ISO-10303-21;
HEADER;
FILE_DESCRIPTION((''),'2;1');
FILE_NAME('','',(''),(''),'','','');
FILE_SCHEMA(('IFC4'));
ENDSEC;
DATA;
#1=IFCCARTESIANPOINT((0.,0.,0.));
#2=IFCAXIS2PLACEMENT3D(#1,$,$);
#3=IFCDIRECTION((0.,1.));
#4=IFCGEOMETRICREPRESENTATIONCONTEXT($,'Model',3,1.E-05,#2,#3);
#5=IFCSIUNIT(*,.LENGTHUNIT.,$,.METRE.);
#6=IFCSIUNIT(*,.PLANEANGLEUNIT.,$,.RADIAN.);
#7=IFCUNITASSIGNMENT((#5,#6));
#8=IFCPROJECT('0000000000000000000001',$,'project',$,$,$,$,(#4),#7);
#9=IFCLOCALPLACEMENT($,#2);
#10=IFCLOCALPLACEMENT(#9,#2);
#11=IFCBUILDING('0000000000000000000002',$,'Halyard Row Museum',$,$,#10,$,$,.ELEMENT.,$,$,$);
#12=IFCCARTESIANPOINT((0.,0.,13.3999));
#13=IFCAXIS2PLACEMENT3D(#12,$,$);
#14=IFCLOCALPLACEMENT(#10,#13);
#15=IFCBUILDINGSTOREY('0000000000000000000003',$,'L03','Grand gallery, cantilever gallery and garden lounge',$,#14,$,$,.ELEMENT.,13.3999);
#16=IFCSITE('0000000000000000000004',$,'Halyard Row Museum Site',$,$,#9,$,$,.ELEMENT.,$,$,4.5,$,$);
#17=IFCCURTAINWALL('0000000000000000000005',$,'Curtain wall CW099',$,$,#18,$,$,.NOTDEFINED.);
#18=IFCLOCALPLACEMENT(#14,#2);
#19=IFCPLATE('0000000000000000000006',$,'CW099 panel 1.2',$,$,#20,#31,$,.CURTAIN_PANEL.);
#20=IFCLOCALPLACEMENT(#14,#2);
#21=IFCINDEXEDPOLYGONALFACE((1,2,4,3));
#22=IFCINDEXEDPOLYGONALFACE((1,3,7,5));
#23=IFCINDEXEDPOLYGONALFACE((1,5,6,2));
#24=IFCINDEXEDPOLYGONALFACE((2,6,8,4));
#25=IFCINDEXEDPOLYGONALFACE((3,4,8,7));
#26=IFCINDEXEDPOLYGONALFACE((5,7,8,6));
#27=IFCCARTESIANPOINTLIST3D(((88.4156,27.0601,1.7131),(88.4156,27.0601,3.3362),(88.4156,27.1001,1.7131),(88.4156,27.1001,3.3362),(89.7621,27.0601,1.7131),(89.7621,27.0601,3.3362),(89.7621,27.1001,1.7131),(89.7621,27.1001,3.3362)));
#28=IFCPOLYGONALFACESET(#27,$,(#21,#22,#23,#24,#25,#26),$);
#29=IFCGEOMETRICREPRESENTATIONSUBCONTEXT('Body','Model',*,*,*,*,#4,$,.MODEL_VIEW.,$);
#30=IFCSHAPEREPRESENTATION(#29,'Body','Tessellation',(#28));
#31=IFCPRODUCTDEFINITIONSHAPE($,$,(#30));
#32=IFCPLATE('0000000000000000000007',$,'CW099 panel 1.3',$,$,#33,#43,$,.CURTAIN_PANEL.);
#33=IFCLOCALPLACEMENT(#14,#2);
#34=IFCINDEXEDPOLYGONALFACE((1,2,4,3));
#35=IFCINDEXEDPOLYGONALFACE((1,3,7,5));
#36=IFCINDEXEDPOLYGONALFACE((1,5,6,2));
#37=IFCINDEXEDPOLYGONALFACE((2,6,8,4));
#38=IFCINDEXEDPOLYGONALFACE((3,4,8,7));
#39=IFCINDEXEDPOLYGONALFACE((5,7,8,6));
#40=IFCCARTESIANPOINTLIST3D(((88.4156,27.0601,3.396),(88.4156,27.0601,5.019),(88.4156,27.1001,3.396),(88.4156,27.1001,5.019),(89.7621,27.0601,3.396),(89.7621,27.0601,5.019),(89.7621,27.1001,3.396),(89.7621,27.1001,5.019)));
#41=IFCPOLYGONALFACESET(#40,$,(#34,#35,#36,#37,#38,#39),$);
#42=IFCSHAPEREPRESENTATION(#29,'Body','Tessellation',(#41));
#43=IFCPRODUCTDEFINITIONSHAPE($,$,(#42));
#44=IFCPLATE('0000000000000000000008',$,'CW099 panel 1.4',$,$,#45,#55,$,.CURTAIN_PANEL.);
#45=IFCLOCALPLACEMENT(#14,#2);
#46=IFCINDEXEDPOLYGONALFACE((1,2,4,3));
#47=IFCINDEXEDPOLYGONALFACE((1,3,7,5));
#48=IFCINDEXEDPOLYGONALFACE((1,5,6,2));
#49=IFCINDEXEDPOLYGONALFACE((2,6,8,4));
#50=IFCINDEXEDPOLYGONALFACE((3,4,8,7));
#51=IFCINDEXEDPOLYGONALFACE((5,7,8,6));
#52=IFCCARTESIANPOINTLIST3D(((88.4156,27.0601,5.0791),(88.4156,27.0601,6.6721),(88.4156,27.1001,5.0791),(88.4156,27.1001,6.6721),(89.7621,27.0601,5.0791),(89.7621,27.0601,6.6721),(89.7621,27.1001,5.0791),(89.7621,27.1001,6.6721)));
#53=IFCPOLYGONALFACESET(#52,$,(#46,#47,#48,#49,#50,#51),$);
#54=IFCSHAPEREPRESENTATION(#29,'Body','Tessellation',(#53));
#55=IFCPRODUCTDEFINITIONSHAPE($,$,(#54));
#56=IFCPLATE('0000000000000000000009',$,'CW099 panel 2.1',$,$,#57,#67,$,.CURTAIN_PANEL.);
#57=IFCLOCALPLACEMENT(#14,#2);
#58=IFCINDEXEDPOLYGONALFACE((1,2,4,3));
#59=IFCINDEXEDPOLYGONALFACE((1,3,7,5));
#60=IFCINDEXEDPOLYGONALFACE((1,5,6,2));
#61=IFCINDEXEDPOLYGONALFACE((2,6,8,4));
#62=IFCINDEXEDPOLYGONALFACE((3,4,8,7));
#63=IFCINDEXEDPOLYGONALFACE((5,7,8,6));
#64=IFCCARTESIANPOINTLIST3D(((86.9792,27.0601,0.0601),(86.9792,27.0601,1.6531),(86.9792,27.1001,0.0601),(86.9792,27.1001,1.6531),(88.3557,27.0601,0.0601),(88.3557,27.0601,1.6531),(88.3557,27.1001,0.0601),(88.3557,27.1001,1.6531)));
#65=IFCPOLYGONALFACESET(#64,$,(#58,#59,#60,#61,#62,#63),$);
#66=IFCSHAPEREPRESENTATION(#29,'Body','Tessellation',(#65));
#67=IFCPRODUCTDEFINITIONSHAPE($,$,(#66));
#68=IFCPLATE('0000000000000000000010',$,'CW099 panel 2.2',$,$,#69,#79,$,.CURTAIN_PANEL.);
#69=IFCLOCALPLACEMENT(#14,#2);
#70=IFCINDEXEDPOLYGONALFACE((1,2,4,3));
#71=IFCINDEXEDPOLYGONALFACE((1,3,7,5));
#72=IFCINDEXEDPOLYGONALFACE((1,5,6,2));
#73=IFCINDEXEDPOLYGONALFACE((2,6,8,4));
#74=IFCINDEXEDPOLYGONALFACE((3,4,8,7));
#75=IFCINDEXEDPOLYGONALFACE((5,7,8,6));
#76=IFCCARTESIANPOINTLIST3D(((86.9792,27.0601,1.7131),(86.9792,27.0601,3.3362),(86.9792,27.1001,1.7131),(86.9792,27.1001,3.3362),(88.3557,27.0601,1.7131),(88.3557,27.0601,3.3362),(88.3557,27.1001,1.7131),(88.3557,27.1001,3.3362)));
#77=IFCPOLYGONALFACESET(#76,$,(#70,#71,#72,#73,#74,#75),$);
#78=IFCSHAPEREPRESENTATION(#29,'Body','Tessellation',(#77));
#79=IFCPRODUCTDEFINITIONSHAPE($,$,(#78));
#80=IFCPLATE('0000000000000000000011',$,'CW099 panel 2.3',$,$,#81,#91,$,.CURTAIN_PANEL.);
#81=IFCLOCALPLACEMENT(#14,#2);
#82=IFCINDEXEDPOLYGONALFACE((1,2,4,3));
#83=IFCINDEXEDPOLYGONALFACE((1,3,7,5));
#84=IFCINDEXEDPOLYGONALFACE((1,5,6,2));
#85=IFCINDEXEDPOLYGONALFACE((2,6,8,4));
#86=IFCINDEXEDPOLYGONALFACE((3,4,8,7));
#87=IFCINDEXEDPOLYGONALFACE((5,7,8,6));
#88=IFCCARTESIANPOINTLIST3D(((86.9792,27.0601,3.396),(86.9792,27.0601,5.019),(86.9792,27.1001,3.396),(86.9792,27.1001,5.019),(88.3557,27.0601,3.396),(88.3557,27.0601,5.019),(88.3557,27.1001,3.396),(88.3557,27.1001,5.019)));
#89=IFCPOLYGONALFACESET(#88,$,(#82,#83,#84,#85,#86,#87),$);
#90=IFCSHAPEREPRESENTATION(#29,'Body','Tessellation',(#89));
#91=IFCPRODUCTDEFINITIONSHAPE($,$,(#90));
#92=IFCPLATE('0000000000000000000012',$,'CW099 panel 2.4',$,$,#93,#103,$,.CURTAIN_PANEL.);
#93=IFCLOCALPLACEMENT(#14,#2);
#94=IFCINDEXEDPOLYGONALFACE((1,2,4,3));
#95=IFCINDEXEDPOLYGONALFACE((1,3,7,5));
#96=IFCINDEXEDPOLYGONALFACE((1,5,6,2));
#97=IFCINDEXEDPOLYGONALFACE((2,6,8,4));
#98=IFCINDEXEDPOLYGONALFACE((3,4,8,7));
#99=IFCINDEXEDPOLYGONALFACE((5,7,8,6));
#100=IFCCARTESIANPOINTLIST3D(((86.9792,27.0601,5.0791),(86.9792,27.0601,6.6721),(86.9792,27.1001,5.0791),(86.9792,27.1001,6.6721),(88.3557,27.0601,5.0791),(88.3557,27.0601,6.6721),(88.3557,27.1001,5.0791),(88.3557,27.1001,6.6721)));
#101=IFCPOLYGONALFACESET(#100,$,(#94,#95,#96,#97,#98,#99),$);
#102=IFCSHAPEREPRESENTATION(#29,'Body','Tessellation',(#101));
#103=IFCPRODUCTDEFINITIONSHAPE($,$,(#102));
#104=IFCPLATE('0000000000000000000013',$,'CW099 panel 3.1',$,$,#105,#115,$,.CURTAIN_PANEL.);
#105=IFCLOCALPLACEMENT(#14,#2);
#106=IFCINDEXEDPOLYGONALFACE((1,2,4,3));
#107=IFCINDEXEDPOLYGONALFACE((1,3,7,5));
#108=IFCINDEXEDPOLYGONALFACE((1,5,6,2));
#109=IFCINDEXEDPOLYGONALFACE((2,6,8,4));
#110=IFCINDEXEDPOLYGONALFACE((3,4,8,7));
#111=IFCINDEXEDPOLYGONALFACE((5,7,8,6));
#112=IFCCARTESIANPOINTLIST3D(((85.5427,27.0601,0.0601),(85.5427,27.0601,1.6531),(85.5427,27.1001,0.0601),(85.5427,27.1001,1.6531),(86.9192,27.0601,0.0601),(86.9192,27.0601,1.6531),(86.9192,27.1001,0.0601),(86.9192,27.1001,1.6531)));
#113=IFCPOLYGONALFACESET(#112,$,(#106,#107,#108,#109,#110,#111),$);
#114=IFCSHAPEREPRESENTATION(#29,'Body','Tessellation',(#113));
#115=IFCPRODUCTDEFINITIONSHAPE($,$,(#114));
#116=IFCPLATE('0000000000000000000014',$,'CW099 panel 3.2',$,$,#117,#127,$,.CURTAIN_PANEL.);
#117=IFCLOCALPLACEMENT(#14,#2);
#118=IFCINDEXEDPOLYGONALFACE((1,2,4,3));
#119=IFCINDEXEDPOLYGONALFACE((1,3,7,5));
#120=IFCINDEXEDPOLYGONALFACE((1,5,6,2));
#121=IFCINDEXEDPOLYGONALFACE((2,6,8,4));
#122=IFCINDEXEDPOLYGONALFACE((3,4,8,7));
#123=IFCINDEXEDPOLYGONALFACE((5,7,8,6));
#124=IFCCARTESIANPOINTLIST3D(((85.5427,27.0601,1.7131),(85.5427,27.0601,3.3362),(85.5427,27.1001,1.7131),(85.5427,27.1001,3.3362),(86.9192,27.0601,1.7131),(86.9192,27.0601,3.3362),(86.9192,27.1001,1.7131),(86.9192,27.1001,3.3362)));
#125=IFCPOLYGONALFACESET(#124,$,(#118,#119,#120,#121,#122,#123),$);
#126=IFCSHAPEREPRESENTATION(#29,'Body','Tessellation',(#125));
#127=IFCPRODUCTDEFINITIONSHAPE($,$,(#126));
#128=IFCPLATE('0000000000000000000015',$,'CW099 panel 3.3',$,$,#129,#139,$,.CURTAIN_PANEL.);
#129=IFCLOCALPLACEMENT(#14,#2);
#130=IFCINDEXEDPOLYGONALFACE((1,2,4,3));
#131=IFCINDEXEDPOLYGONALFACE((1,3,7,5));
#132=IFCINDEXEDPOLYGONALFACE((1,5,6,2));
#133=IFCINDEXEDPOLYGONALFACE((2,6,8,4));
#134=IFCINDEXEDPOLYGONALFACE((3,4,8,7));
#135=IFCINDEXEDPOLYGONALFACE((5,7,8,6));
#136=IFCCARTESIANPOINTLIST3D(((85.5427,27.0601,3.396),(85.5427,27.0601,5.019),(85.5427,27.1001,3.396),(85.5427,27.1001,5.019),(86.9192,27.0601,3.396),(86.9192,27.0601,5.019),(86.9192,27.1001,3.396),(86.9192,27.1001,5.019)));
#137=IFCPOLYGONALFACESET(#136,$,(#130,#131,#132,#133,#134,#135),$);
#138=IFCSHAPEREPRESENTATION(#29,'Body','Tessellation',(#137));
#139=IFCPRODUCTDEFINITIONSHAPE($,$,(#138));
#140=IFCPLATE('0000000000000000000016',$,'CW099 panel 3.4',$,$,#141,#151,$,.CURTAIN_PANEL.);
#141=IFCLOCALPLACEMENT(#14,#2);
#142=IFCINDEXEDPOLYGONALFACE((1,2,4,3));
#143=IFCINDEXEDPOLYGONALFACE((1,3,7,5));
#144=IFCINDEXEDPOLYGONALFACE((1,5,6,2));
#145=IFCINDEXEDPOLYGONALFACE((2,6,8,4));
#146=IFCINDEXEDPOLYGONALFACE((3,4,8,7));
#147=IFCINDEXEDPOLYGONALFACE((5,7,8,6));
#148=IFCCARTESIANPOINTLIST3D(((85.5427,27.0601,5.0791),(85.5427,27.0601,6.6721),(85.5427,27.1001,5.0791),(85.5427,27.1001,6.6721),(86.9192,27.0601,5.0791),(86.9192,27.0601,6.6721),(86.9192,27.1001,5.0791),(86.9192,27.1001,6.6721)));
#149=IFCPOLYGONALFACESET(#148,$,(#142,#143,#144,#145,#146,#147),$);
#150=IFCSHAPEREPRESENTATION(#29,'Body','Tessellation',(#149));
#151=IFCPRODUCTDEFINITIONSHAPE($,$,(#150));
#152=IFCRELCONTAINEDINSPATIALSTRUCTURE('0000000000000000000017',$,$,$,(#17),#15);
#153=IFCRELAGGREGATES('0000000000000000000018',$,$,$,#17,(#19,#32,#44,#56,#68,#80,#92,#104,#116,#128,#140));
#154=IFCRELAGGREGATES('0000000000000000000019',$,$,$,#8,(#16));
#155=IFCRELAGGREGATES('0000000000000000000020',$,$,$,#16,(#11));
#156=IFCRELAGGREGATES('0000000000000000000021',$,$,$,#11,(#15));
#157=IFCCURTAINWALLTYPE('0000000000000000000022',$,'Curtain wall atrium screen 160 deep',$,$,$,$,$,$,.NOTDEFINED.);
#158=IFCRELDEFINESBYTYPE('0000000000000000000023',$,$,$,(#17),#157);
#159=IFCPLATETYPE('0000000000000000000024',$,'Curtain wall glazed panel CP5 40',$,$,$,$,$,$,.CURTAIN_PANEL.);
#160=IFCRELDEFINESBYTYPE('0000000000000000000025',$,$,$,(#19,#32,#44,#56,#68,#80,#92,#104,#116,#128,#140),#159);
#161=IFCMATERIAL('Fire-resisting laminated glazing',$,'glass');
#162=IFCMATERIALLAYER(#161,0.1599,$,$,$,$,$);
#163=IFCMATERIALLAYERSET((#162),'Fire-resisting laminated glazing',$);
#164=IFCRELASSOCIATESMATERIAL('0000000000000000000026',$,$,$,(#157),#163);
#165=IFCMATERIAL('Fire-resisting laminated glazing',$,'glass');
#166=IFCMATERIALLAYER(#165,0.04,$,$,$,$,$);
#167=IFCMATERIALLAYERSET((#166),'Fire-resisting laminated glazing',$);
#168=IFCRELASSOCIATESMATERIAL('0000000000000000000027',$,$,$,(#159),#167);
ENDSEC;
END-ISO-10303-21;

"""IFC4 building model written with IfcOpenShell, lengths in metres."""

from ifc_helpers import new_model, si_unit, direction, frame, origin, origin_2d, place, context, subcontext, project, spatial, rectangle, extrude, material, layer, layer_set, type_object, element, aggregate, save


model = new_model("IFC4")

# Units and contexts
model_context = context("Model", 3, precision=1e-05, world=origin(), true_north=direction((0.0, 1.0)))
body_context = subcontext(model_context, "Body", "Model", "MODEL_VIEW")
ifc_project = project(units=[si_unit("LENGTHUNIT", "METRE"), si_unit("PLANEANGLEUNIT", "RADIAN")], contexts=[model_context])

# Site, building, storey
site_placement = place(None, origin())
site = spatial("IfcSite", under=ifc_project, at=site_placement, Name="Halyard Row Museum Site", CompositionType="ELEMENT", RefElevation=4.5)
building_placement = place(site_placement, origin())
building = spatial("IfcBuilding", under=site, at=building_placement, Name="Halyard Row Museum", CompositionType="ELEMENT")
storey_placement = place(building_placement, frame((0.0, 0.0, 13.3999)))
storey = spatial("IfcBuildingStorey", under=building, at=storey_placement, Name="L03", Description="Grand gallery, cantilever gallery and garden lounge", CompositionType="ELEMENT", Elevation=13.3999)

# Curtain wall
ifc_material_1 = material(Name="Fire-resisting laminated glazing", Category="glass")
ifc_layer_1 = layer(ifc_material_1, 0.1599)
ifc_layer_set_1 = layer_set([ifc_layer_1], Name="Fire-resisting laminated glazing")
curtain_wall_type = type_object("IfcCurtainWallType", Name="Curtain wall atrium screen 160 deep", PredefinedType="NOTDEFINED", material=ifc_layer_set_1)
curtain_wall_placement = place(storey_placement, origin())
curtain_wall = element("IfcCurtainWall", 1, at=curtain_wall_placement, inside=storey, type_object=curtain_wall_type, Name="Curtain wall CW099", PredefinedType="NOTDEFINED")

# Plates
ifc_material_2 = material(Name="Fire-resisting laminated glazing", Category="glass")
ifc_layer_2 = layer(ifc_material_2, 0.04)
ifc_layer_set_2 = layer_set([ifc_layer_2], Name="Fire-resisting laminated glazing")
plate_type = type_object("IfcPlateType", Name="Curtain wall glazed panel CP5 40", PredefinedType="CURTAIN_PANEL", material=ifc_layer_set_2)
plate_1_placement = place(storey_placement, frame((89.0889, 27.0801, 1.7131), z_axis=(0.0, 0.0, 1.0), x_axis=(-1.0, 0.0, 0.0)))
plate_1 = element("IfcPlate", 2, at=plate_1_placement, type_object=plate_type, Name="CW099 panel 1.2", PredefinedType="CURTAIN_PANEL", context=body_context, shape_type="SweptSolid", body=[
    extrude(rectangle(XDim=1.3464, YDim=0.04, at=origin_2d()), origin(), (0.0, 0.0, 1.0), 1.623),
])
plate_2_placement = place(storey_placement, frame((89.0889, 27.0801, 3.396), z_axis=(0.0, 0.0, 1.0), x_axis=(-1.0, 0.0, 0.0)))
plate_2 = element("IfcPlate", 3, at=plate_2_placement, type_object=plate_type, Name="CW099 panel 1.3", PredefinedType="CURTAIN_PANEL", context=body_context, shape_type="SweptSolid", body=[
    extrude(rectangle(XDim=1.3464, YDim=0.04, at=origin_2d()), origin(), (0.0, 0.0, 1.0), 1.623),
])
plate_3_placement = place(storey_placement, frame((89.0889, 27.0801, 5.0791), z_axis=(0.0, 0.0, 1.0), x_axis=(-1.0, 0.0, 0.0)))
plate_3 = element("IfcPlate", 4, at=plate_3_placement, type_object=plate_type, Name="CW099 panel 1.4", PredefinedType="CURTAIN_PANEL", context=body_context, shape_type="SweptSolid", body=[
    extrude(rectangle(XDim=1.3464, YDim=0.04, at=origin_2d()), origin(), (0.0, 0.0, 1.0), 1.593),
])
plate_4_placement = place(storey_placement, frame((87.6675, 27.0801, 0.0601), z_axis=(0.0, 0.0, 1.0), x_axis=(-1.0, 0.0, 0.0)))
plate_4 = element("IfcPlate", 5, at=plate_4_placement, type_object=plate_type, Name="CW099 panel 2.1", PredefinedType="CURTAIN_PANEL", context=body_context, shape_type="SweptSolid", body=[
    extrude(rectangle(XDim=1.3765, YDim=0.04, at=origin_2d()), origin(), (0.0, 0.0, 1.0), 1.593),
])
plate_5_placement = place(storey_placement, frame((87.6675, 27.0801, 1.7131), z_axis=(0.0, 0.0, 1.0), x_axis=(-1.0, 0.0, 0.0)))
plate_5 = element("IfcPlate", 6, at=plate_5_placement, type_object=plate_type, Name="CW099 panel 2.2", PredefinedType="CURTAIN_PANEL", context=body_context, shape_type="SweptSolid", body=[
    extrude(rectangle(XDim=1.3765, YDim=0.04, at=origin_2d()), origin(), (0.0, 0.0, 1.0), 1.623),
])
plate_6_placement = place(storey_placement, frame((87.6675, 27.0801, 3.396), z_axis=(0.0, 0.0, 1.0), x_axis=(-1.0, 0.0, 0.0)))
plate_6 = element("IfcPlate", 7, at=plate_6_placement, type_object=plate_type, Name="CW099 panel 2.3", PredefinedType="CURTAIN_PANEL", context=body_context, shape_type="SweptSolid", body=[
    extrude(rectangle(XDim=1.3765, YDim=0.04, at=origin_2d()), origin(), (0.0, 0.0, 1.0), 1.623),
])
plate_7_placement = place(storey_placement, frame((87.6675, 27.0801, 5.0791), z_axis=(0.0, 0.0, 1.0), x_axis=(-1.0, 0.0, 0.0)))
plate_7 = element("IfcPlate", 8, at=plate_7_placement, type_object=plate_type, Name="CW099 panel 2.4", PredefinedType="CURTAIN_PANEL", context=body_context, shape_type="SweptSolid", body=[
    extrude(rectangle(XDim=1.3765, YDim=0.04, at=origin_2d()), origin(), (0.0, 0.0, 1.0), 1.593),
])
plate_8_placement = place(storey_placement, frame((86.231, 27.0801, 0.0601), z_axis=(0.0, 0.0, 1.0), x_axis=(-1.0, 0.0, 0.0)))
plate_8 = element("IfcPlate", 9, at=plate_8_placement, type_object=plate_type, Name="CW099 panel 3.1", PredefinedType="CURTAIN_PANEL", context=body_context, shape_type="SweptSolid", body=[
    extrude(rectangle(XDim=1.3765, YDim=0.04, at=origin_2d()), origin(), (0.0, 0.0, 1.0), 1.593),
])
plate_9_placement = place(storey_placement, frame((86.231, 27.0801, 1.7131), z_axis=(0.0, 0.0, 1.0), x_axis=(-1.0, 0.0, 0.0)))
plate_9 = element("IfcPlate", 10, at=plate_9_placement, type_object=plate_type, Name="CW099 panel 3.2", PredefinedType="CURTAIN_PANEL", context=body_context, shape_type="SweptSolid", body=[
    extrude(rectangle(XDim=1.3765, YDim=0.04, at=origin_2d()), origin(), (0.0, 0.0, 1.0), 1.623),
])
plate_10_placement = place(storey_placement, frame((86.231, 27.0801, 3.396), z_axis=(0.0, 0.0, 1.0), x_axis=(-1.0, 0.0, 0.0)))
plate_10 = element("IfcPlate", 11, at=plate_10_placement, type_object=plate_type, Name="CW099 panel 3.3", PredefinedType="CURTAIN_PANEL", context=body_context, shape_type="SweptSolid", body=[
    extrude(rectangle(XDim=1.3765, YDim=0.04, at=origin_2d()), origin(), (0.0, 0.0, 1.0), 1.623),
])
plate_11_placement = place(storey_placement, frame((86.231, 27.0801, 5.0791), z_axis=(0.0, 0.0, 1.0), x_axis=(-1.0, 0.0, 0.0)))
plate_11 = element("IfcPlate", 12, at=plate_11_placement, type_object=plate_type, Name="CW099 panel 3.4", PredefinedType="CURTAIN_PANEL", context=body_context, shape_type="SweptSolid", body=[
    extrude(rectangle(XDim=1.3765, YDim=0.04, at=origin_2d()), origin(), (0.0, 0.0, 1.0), 1.593),
])
aggregate(curtain_wall, [plate_1, plate_2, plate_3, plate_4, plate_5, plate_6, plate_7, plate_8, plate_9, plate_10, plate_11])

save(model, "model.ifc")
